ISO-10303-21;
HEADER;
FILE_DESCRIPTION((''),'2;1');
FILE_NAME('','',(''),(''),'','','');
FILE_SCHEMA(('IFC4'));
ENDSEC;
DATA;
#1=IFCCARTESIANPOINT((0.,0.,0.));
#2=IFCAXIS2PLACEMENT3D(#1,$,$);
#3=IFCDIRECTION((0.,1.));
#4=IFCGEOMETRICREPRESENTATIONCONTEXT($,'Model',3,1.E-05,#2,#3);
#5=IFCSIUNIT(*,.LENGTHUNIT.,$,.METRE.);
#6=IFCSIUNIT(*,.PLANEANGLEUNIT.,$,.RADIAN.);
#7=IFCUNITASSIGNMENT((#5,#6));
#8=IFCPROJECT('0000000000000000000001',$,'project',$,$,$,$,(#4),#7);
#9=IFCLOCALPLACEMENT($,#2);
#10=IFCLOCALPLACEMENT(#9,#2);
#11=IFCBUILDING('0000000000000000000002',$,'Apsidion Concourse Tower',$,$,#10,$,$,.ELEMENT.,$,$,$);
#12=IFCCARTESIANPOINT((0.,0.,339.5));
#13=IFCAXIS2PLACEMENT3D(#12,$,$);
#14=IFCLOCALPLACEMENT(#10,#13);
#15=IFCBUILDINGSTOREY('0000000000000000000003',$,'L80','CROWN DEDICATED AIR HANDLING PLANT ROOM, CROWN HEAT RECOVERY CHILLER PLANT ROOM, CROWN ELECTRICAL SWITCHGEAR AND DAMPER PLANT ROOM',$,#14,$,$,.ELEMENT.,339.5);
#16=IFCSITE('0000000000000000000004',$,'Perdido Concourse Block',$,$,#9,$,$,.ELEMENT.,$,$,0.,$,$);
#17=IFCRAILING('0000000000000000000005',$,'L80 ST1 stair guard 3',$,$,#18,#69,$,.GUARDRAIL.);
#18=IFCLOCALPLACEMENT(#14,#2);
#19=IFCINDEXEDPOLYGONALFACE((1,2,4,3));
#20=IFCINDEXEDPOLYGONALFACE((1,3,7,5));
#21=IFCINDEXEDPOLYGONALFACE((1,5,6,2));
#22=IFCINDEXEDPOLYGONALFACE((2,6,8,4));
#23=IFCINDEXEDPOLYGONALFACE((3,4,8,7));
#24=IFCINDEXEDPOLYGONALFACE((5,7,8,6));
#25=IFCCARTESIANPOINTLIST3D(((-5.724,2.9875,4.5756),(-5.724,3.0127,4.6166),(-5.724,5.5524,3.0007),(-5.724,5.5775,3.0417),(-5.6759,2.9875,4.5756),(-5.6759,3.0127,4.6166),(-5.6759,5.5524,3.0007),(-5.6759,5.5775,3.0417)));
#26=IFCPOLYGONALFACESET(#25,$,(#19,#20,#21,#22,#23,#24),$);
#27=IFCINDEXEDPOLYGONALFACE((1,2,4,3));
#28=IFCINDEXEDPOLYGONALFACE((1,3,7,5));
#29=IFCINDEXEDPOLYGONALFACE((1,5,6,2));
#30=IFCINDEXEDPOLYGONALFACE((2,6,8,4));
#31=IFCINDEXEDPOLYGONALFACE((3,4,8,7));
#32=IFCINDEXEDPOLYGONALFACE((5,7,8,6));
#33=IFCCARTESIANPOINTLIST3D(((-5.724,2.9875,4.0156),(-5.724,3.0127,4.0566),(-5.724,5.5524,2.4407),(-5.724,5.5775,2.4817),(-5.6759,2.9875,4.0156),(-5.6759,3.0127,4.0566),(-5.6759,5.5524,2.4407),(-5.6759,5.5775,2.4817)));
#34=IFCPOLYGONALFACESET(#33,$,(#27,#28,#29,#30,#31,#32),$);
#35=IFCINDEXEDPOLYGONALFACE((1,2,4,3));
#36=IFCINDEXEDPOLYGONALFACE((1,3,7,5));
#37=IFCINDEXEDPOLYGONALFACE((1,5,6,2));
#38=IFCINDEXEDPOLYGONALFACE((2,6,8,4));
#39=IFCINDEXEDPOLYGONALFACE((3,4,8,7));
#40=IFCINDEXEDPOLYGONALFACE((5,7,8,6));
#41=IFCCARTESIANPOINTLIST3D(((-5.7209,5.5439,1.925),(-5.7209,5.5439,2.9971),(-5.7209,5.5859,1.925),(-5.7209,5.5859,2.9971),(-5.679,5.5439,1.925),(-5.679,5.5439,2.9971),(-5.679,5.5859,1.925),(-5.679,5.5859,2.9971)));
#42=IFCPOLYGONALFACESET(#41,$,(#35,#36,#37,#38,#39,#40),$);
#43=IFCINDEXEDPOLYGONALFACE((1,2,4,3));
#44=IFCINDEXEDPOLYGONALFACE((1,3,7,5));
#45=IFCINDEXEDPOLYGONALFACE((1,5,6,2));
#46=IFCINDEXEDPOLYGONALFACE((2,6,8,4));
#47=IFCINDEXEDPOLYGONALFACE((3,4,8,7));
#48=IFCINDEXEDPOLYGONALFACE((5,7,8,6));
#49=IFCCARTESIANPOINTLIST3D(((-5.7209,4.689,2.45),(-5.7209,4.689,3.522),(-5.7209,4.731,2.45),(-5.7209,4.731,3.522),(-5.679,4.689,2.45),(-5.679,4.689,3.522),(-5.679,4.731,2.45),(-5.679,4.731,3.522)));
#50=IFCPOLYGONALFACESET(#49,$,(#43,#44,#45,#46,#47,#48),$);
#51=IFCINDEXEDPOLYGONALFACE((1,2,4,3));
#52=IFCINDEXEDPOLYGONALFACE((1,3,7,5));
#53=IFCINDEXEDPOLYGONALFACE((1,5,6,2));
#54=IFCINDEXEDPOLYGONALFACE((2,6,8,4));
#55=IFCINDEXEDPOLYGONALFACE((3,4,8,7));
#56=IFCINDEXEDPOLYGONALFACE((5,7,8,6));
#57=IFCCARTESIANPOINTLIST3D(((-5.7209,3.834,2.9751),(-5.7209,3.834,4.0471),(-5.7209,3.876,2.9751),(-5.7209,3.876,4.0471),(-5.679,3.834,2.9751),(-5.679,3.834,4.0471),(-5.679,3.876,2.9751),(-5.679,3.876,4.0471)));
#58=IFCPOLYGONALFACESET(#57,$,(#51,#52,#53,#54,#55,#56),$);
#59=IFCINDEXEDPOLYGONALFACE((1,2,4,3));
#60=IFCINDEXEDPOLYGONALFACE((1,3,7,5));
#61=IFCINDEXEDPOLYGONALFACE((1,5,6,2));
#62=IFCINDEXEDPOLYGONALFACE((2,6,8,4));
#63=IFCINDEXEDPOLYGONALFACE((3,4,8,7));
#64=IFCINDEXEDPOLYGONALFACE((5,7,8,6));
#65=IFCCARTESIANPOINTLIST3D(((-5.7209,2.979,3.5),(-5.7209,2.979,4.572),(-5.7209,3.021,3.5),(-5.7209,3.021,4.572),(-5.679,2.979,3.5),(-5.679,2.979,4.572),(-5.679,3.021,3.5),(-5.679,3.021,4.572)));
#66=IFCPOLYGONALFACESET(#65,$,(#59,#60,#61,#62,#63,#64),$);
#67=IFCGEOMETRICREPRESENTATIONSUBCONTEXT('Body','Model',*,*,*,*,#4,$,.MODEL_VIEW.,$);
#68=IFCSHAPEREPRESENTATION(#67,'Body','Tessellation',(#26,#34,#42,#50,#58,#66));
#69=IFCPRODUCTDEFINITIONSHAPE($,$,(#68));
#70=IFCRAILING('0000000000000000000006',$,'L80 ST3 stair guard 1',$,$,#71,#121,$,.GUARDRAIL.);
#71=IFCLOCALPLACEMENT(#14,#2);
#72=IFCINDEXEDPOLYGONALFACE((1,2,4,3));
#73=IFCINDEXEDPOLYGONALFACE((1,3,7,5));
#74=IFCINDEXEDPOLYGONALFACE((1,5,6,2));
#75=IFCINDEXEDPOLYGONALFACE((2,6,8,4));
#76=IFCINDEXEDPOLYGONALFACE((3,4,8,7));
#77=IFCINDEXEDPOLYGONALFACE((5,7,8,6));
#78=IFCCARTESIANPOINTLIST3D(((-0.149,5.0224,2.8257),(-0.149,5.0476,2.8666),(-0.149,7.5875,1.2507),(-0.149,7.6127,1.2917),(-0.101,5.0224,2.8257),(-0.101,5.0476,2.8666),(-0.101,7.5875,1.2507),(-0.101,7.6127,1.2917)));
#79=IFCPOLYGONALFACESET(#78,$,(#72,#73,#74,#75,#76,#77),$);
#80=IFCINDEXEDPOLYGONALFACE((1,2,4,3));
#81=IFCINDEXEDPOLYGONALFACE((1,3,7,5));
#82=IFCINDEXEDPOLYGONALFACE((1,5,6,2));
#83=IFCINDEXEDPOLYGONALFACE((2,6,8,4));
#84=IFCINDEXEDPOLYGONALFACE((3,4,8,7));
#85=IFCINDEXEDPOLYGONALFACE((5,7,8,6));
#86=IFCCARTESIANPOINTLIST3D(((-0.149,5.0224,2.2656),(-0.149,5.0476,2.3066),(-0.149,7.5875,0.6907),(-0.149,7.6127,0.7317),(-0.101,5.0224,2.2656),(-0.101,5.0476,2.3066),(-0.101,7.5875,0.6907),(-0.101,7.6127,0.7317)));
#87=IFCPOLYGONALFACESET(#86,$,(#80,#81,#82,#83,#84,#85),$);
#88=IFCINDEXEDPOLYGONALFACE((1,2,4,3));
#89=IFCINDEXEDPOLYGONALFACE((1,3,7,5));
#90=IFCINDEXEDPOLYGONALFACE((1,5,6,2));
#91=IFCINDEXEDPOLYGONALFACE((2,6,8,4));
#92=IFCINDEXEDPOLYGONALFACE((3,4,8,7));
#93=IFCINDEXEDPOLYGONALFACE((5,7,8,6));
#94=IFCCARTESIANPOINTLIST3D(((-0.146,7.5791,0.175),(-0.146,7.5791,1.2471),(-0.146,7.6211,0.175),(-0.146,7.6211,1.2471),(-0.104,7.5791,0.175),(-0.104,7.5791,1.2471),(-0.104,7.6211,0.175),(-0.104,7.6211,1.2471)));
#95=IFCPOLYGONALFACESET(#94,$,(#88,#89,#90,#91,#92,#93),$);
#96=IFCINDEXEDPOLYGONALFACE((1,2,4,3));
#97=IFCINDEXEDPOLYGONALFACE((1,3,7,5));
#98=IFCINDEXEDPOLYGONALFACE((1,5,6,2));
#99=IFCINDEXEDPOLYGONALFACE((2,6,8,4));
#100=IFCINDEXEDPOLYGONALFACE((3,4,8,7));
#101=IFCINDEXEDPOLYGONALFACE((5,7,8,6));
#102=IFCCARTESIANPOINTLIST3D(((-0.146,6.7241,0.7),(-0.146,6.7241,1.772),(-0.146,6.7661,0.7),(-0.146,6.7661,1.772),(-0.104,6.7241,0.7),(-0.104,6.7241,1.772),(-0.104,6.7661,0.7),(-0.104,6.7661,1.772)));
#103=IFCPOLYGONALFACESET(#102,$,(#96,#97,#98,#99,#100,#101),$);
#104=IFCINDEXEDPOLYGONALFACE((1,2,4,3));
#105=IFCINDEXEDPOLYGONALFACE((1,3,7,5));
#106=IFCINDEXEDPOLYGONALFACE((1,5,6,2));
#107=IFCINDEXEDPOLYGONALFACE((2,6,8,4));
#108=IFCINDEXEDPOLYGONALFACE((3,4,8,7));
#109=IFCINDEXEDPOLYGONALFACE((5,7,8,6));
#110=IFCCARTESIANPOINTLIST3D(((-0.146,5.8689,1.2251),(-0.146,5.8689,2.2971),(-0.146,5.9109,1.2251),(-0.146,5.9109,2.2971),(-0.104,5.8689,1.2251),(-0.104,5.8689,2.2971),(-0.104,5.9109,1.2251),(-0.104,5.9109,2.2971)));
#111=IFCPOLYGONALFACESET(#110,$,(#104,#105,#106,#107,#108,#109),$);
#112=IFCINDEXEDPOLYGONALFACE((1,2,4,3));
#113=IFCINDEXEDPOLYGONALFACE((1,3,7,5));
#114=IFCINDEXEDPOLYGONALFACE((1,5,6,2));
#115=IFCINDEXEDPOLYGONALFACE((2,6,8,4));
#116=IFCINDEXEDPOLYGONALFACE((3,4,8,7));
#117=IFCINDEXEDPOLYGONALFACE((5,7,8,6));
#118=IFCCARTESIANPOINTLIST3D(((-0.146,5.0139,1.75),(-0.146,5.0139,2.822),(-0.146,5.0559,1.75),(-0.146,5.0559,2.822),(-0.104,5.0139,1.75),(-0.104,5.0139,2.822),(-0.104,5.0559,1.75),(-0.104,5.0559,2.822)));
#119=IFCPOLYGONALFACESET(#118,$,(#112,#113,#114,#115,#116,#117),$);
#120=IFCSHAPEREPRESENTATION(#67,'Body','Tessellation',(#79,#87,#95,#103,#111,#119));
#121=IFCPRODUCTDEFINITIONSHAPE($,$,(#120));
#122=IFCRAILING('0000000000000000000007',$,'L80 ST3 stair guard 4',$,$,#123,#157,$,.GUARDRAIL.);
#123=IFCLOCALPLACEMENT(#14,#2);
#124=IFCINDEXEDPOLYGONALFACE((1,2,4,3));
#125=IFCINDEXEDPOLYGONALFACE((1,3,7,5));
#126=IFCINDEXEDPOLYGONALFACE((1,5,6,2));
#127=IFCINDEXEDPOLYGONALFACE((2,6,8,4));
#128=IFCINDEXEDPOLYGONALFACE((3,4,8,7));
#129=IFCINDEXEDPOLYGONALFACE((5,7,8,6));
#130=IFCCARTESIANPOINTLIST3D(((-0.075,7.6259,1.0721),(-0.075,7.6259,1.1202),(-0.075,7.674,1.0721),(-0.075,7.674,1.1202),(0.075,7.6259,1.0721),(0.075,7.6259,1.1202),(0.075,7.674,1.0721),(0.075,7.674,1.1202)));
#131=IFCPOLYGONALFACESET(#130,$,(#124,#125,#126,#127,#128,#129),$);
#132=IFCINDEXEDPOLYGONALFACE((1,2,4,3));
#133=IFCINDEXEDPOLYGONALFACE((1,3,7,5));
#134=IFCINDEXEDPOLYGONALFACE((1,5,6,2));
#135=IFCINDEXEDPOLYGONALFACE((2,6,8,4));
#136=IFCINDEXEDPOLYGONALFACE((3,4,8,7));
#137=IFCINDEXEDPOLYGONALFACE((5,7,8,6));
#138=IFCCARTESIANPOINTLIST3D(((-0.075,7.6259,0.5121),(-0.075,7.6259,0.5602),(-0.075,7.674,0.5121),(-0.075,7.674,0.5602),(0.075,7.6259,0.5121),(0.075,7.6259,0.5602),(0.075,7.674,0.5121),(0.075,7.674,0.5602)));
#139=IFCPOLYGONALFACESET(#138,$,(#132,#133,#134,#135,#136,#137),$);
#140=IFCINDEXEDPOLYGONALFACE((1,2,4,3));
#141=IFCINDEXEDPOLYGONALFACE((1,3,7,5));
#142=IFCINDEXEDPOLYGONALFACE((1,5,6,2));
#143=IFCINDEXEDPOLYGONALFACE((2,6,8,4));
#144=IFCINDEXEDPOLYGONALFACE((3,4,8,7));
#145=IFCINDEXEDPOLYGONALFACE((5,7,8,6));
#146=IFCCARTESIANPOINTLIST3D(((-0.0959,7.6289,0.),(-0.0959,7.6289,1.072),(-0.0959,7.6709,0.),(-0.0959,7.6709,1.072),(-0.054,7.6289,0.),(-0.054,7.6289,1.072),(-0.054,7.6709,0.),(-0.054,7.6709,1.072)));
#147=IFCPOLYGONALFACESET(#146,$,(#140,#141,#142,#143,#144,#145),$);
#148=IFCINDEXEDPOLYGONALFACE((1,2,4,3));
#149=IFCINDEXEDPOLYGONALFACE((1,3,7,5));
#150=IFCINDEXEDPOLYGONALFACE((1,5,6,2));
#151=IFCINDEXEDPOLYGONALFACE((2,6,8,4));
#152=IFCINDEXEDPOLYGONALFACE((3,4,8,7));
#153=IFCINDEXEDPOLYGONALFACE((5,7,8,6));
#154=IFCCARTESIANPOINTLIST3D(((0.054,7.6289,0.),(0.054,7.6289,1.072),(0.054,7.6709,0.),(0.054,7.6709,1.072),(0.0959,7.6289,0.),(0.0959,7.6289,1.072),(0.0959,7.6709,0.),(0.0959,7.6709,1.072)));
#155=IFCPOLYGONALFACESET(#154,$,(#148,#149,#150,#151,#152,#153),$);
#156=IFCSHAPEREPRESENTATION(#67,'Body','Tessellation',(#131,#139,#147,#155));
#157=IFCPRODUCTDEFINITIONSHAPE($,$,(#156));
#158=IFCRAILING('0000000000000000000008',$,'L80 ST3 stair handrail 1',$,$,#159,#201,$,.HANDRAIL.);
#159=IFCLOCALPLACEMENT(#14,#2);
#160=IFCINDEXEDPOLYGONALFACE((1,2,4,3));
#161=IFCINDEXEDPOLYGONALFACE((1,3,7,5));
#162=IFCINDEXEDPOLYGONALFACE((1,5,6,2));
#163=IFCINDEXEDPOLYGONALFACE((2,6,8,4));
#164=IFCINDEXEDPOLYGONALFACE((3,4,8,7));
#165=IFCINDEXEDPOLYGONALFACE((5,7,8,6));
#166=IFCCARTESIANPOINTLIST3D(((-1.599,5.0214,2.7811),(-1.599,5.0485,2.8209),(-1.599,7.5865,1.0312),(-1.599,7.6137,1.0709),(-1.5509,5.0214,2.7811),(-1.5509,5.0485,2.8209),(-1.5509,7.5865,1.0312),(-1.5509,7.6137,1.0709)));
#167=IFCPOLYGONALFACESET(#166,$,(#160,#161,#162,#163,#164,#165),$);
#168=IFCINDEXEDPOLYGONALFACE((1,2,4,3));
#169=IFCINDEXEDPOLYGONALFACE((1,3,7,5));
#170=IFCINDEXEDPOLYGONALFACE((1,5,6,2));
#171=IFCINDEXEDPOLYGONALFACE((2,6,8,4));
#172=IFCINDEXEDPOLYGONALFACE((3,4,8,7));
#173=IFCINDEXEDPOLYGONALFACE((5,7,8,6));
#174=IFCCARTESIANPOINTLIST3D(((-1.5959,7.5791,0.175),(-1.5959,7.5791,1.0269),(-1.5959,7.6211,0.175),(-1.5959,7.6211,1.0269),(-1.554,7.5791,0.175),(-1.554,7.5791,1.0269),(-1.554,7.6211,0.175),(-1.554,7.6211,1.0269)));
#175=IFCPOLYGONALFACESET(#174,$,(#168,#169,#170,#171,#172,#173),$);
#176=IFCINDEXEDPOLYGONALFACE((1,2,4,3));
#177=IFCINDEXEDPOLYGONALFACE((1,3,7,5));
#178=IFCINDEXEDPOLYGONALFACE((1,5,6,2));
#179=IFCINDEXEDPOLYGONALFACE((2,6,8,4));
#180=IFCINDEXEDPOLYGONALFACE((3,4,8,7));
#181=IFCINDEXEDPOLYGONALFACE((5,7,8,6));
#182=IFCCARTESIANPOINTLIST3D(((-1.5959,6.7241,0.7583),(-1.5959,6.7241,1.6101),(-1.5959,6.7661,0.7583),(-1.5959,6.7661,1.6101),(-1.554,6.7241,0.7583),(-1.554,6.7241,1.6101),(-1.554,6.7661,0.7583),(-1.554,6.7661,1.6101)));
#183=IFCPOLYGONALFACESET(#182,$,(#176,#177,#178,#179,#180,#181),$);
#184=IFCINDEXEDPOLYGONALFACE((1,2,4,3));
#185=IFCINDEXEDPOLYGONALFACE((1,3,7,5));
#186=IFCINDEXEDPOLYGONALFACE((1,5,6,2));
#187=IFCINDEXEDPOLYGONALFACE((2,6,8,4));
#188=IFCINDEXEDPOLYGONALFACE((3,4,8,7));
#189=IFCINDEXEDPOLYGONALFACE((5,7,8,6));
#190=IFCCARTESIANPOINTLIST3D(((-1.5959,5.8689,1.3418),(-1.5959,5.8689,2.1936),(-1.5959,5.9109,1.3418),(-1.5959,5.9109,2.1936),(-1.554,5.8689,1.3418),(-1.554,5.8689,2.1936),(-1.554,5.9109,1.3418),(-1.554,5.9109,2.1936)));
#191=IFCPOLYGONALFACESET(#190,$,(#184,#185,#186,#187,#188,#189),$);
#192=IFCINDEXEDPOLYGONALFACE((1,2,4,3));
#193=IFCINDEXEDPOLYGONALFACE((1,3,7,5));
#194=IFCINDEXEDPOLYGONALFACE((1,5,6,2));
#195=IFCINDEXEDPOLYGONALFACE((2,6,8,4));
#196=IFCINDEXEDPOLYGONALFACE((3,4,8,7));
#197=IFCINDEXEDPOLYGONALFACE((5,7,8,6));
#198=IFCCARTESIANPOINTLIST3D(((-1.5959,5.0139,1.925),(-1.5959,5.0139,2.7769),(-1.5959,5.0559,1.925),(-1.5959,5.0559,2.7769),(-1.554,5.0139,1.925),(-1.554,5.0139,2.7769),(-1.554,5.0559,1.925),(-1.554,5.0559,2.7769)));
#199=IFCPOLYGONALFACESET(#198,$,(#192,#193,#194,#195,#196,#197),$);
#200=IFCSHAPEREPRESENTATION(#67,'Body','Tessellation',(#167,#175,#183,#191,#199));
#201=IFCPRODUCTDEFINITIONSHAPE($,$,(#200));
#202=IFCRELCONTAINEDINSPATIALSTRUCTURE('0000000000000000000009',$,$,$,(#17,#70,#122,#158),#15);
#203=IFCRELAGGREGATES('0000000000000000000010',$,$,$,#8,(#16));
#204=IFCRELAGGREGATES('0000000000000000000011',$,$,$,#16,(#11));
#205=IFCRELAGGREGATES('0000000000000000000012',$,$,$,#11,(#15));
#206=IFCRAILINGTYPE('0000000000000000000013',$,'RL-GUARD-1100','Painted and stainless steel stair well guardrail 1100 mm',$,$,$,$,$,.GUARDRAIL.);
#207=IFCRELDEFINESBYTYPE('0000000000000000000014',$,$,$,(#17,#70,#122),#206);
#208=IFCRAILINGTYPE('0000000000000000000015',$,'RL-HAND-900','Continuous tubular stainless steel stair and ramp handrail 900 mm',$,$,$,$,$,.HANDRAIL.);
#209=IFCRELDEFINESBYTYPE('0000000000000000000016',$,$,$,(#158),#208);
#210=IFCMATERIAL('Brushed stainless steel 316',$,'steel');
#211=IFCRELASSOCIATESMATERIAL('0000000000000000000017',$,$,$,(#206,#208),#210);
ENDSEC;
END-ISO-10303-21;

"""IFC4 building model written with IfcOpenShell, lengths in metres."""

from ifc_helpers import new_model, si_unit, direction, frame, origin, origin_2d, place, context, subcontext, project, spatial, rectangle, extrude, material, type_object, element, save


model = new_model("IFC4")

# Units and contexts
model_context = context("Model", 3, precision=1e-05, world=origin(), true_north=direction((0.0, 1.0)))
body_context = subcontext(model_context, "Body", "Model", "MODEL_VIEW")
ifc_project = project(units=[si_unit("LENGTHUNIT", "METRE"), si_unit("PLANEANGLEUNIT", "RADIAN")], contexts=[model_context])

# Site, building, storey
site_placement = place(None, origin())
site = spatial("IfcSite", under=ifc_project, at=site_placement, Name="Perdido Concourse Block", CompositionType="ELEMENT", RefElevation=0.0)
building_placement = place(site_placement, origin())
building = spatial("IfcBuilding", under=site, at=building_placement, Name="Apsidion Concourse Tower", CompositionType="ELEMENT")
storey_placement = place(building_placement, frame((0.0, 0.0, 339.5)))
storey = spatial("IfcBuildingStorey", under=building, at=storey_placement, Name="L80", Description="CROWN DEDICATED AIR HANDLING PLANT ROOM, CROWN HEAT RECOVERY CHILLER PLANT ROOM, CROWN ELECTRICAL SWITCHGEAR AND DAMPER PLANT ROOM", CompositionType="ELEMENT", Elevation=339.5)

# Shared definitions
ifc_material_1 = material(Name="Brushed stainless steel 316", Category="steel")

# Railings
railing_type_1 = type_object("IfcRailingType", Name="RL-GUARD-1100", Description="Painted and stainless steel stair well guardrail 1100 mm", PredefinedType="GUARDRAIL", material=ifc_material_1)
railing_1_placement = place(storey_placement, frame((-5.7, 5.5649, 1.925)))
element("IfcRailing", 1, at=railing_1_placement, inside=storey, type_object=railing_type_1, Name="L80 ST1 stair guard 3", PredefinedType="GUARDRAIL", context=body_context, shape_type="SweptSolid", body=[
    extrude(rectangle(XDim=0.0481, YDim=0.0481, at=origin_2d()), frame((0.0, 0.0, 1.0962), z_axis=(0.0, -0.852173, 0.52326), x_axis=(1.0, 0.0, 0.0)), (0.0, 0.0, 1.0), 3.0098),
    extrude(rectangle(XDim=0.0481, YDim=0.0481, at=origin_2d()), frame((0.0, 0.0, 0.5361), z_axis=(0.0, -0.852173, 0.52326), x_axis=(1.0, 0.0, 0.0)), (0.0, 0.0, 1.0), 3.0098),
    extrude(rectangle(XDim=0.042, YDim=0.042, at=origin_2d()), origin(), (0.0, 0.0, 1.0), 1.072),
    extrude(rectangle(XDim=0.042, YDim=0.042, at=origin_2d()), frame((0.0, -0.855, 0.5249)), (0.0, 0.0, 1.0), 1.072),
    extrude(rectangle(XDim=0.042, YDim=0.042, at=origin_2d()), frame((0.0, -1.71, 1.05)), (0.0, 0.0, 1.0), 1.072),
    extrude(rectangle(XDim=0.042, YDim=0.042, at=origin_2d()), frame((0.0, -2.5649, 1.575)), (0.0, 0.0, 1.0), 1.072),
])
railing_2_placement = place(storey_placement, frame((-0.125, 7.6001, 0.175)))
element("IfcRailing", 2, at=railing_2_placement, inside=storey, type_object=railing_type_1, Name="L80 ST3 stair guard 1", PredefinedType="GUARDRAIL", context=body_context, shape_type="SweptSolid", body=[
    extrude(rectangle(XDim=0.0481, YDim=0.0481, at=origin_2d()), frame((0.0, 0.0, 1.0962), z_axis=(0.0, -0.852195, 0.523224), x_axis=(1.0, 0.0, 0.0)), (0.0, 0.0, 1.0), 3.01),
    extrude(rectangle(XDim=0.0481, YDim=0.0481, at=origin_2d()), frame((0.0, 0.0, 0.5361), z_axis=(0.0, -0.852195, 0.523224), x_axis=(1.0, 0.0, 0.0)), (0.0, 0.0, 1.0), 3.01),
    extrude(rectangle(XDim=0.042, YDim=0.042, at=origin_2d()), origin(), (0.0, 0.0, 1.0), 1.072),
    extrude(rectangle(XDim=0.042, YDim=0.042, at=origin_2d()), frame((0.0, -0.855, 0.5249)), (0.0, 0.0, 1.0), 1.072),
    extrude(rectangle(XDim=0.042, YDim=0.042, at=origin_2d()), frame((0.0, -1.7102, 1.05)), (0.0, 0.0, 1.0), 1.072),
    extrude(rectangle(XDim=0.042, YDim=0.042, at=origin_2d()), frame((0.0, -2.5652, 1.575)), (0.0, 0.0, 1.0), 1.072),
])
railing_3_placement = place(storey_placement, frame((-0.075, 7.6499, 0.0)))
element("IfcRailing", 3, at=railing_3_placement, inside=storey, type_object=railing_type_1, Name="L80 ST3 stair guard 4", PredefinedType="GUARDRAIL", context=body_context, shape_type="SweptSolid", body=[
    extrude(rectangle(XDim=0.0481, YDim=0.0481, at=origin_2d()), frame((0.0, 0.0, 1.0962), z_axis=(1.0, 0.0, 0.0), x_axis=(0.0, 1.0, 0.0)), (0.0, 0.0, 1.0), 0.1499),
    extrude(rectangle(XDim=0.0481, YDim=0.0481, at=origin_2d()), frame((0.0, 0.0, 0.5361), z_axis=(1.0, 0.0, 0.0), x_axis=(0.0, 1.0, 0.0)), (0.0, 0.0, 1.0), 0.1499),
    extrude(rectangle(XDim=0.042, YDim=0.042, at=origin_2d()), origin(), (0.0, 0.0, 1.0), 1.072),
    extrude(rectangle(XDim=0.042, YDim=0.042, at=origin_2d()), frame((0.1499, 0.0, 0.0)), (0.0, 0.0, 1.0), 1.072),
])
railing_type_2 = type_object("IfcRailingType", Name="RL-HAND-900", Description="Continuous tubular stainless steel stair and ramp handrail 900 mm", PredefinedType="HANDRAIL", material=ifc_material_1)
railing_4_placement = place(storey_placement, frame((-1.575, 7.6001, 0.175)))
element("IfcRailing", 4, at=railing_4_placement, inside=storey, type_object=railing_type_2, Name="L80 ST3 stair handrail 1", PredefinedType="HANDRAIL", context=body_context, shape_type="SweptSolid", body=[
    extrude(rectangle(XDim=0.0481, YDim=0.0481, at=origin_2d()), frame((0.0, 0.0, 0.876), z_axis=(0.0, -0.826076, 0.563559), x_axis=(1.0, 0.0, 0.0)), (0.0, 0.0, 1.0), 3.1052),
    extrude(rectangle(XDim=0.042, YDim=0.042, at=origin_2d()), origin(), (0.0, 0.0, 1.0), 0.8518),
    extrude(rectangle(XDim=0.042, YDim=0.042, at=origin_2d()), frame((0.0, -0.855, 0.5833)), (0.0, 0.0, 1.0), 0.8518),
    extrude(rectangle(XDim=0.042, YDim=0.042, at=origin_2d()), frame((0.0, -1.7102, 1.1667)), (0.0, 0.0, 1.0), 0.8518),
    extrude(rectangle(XDim=0.042, YDim=0.042, at=origin_2d()), frame((0.0, -2.5652, 1.75)), (0.0, 0.0, 1.0), 0.8518),
])

save(model, "model.ifc")
